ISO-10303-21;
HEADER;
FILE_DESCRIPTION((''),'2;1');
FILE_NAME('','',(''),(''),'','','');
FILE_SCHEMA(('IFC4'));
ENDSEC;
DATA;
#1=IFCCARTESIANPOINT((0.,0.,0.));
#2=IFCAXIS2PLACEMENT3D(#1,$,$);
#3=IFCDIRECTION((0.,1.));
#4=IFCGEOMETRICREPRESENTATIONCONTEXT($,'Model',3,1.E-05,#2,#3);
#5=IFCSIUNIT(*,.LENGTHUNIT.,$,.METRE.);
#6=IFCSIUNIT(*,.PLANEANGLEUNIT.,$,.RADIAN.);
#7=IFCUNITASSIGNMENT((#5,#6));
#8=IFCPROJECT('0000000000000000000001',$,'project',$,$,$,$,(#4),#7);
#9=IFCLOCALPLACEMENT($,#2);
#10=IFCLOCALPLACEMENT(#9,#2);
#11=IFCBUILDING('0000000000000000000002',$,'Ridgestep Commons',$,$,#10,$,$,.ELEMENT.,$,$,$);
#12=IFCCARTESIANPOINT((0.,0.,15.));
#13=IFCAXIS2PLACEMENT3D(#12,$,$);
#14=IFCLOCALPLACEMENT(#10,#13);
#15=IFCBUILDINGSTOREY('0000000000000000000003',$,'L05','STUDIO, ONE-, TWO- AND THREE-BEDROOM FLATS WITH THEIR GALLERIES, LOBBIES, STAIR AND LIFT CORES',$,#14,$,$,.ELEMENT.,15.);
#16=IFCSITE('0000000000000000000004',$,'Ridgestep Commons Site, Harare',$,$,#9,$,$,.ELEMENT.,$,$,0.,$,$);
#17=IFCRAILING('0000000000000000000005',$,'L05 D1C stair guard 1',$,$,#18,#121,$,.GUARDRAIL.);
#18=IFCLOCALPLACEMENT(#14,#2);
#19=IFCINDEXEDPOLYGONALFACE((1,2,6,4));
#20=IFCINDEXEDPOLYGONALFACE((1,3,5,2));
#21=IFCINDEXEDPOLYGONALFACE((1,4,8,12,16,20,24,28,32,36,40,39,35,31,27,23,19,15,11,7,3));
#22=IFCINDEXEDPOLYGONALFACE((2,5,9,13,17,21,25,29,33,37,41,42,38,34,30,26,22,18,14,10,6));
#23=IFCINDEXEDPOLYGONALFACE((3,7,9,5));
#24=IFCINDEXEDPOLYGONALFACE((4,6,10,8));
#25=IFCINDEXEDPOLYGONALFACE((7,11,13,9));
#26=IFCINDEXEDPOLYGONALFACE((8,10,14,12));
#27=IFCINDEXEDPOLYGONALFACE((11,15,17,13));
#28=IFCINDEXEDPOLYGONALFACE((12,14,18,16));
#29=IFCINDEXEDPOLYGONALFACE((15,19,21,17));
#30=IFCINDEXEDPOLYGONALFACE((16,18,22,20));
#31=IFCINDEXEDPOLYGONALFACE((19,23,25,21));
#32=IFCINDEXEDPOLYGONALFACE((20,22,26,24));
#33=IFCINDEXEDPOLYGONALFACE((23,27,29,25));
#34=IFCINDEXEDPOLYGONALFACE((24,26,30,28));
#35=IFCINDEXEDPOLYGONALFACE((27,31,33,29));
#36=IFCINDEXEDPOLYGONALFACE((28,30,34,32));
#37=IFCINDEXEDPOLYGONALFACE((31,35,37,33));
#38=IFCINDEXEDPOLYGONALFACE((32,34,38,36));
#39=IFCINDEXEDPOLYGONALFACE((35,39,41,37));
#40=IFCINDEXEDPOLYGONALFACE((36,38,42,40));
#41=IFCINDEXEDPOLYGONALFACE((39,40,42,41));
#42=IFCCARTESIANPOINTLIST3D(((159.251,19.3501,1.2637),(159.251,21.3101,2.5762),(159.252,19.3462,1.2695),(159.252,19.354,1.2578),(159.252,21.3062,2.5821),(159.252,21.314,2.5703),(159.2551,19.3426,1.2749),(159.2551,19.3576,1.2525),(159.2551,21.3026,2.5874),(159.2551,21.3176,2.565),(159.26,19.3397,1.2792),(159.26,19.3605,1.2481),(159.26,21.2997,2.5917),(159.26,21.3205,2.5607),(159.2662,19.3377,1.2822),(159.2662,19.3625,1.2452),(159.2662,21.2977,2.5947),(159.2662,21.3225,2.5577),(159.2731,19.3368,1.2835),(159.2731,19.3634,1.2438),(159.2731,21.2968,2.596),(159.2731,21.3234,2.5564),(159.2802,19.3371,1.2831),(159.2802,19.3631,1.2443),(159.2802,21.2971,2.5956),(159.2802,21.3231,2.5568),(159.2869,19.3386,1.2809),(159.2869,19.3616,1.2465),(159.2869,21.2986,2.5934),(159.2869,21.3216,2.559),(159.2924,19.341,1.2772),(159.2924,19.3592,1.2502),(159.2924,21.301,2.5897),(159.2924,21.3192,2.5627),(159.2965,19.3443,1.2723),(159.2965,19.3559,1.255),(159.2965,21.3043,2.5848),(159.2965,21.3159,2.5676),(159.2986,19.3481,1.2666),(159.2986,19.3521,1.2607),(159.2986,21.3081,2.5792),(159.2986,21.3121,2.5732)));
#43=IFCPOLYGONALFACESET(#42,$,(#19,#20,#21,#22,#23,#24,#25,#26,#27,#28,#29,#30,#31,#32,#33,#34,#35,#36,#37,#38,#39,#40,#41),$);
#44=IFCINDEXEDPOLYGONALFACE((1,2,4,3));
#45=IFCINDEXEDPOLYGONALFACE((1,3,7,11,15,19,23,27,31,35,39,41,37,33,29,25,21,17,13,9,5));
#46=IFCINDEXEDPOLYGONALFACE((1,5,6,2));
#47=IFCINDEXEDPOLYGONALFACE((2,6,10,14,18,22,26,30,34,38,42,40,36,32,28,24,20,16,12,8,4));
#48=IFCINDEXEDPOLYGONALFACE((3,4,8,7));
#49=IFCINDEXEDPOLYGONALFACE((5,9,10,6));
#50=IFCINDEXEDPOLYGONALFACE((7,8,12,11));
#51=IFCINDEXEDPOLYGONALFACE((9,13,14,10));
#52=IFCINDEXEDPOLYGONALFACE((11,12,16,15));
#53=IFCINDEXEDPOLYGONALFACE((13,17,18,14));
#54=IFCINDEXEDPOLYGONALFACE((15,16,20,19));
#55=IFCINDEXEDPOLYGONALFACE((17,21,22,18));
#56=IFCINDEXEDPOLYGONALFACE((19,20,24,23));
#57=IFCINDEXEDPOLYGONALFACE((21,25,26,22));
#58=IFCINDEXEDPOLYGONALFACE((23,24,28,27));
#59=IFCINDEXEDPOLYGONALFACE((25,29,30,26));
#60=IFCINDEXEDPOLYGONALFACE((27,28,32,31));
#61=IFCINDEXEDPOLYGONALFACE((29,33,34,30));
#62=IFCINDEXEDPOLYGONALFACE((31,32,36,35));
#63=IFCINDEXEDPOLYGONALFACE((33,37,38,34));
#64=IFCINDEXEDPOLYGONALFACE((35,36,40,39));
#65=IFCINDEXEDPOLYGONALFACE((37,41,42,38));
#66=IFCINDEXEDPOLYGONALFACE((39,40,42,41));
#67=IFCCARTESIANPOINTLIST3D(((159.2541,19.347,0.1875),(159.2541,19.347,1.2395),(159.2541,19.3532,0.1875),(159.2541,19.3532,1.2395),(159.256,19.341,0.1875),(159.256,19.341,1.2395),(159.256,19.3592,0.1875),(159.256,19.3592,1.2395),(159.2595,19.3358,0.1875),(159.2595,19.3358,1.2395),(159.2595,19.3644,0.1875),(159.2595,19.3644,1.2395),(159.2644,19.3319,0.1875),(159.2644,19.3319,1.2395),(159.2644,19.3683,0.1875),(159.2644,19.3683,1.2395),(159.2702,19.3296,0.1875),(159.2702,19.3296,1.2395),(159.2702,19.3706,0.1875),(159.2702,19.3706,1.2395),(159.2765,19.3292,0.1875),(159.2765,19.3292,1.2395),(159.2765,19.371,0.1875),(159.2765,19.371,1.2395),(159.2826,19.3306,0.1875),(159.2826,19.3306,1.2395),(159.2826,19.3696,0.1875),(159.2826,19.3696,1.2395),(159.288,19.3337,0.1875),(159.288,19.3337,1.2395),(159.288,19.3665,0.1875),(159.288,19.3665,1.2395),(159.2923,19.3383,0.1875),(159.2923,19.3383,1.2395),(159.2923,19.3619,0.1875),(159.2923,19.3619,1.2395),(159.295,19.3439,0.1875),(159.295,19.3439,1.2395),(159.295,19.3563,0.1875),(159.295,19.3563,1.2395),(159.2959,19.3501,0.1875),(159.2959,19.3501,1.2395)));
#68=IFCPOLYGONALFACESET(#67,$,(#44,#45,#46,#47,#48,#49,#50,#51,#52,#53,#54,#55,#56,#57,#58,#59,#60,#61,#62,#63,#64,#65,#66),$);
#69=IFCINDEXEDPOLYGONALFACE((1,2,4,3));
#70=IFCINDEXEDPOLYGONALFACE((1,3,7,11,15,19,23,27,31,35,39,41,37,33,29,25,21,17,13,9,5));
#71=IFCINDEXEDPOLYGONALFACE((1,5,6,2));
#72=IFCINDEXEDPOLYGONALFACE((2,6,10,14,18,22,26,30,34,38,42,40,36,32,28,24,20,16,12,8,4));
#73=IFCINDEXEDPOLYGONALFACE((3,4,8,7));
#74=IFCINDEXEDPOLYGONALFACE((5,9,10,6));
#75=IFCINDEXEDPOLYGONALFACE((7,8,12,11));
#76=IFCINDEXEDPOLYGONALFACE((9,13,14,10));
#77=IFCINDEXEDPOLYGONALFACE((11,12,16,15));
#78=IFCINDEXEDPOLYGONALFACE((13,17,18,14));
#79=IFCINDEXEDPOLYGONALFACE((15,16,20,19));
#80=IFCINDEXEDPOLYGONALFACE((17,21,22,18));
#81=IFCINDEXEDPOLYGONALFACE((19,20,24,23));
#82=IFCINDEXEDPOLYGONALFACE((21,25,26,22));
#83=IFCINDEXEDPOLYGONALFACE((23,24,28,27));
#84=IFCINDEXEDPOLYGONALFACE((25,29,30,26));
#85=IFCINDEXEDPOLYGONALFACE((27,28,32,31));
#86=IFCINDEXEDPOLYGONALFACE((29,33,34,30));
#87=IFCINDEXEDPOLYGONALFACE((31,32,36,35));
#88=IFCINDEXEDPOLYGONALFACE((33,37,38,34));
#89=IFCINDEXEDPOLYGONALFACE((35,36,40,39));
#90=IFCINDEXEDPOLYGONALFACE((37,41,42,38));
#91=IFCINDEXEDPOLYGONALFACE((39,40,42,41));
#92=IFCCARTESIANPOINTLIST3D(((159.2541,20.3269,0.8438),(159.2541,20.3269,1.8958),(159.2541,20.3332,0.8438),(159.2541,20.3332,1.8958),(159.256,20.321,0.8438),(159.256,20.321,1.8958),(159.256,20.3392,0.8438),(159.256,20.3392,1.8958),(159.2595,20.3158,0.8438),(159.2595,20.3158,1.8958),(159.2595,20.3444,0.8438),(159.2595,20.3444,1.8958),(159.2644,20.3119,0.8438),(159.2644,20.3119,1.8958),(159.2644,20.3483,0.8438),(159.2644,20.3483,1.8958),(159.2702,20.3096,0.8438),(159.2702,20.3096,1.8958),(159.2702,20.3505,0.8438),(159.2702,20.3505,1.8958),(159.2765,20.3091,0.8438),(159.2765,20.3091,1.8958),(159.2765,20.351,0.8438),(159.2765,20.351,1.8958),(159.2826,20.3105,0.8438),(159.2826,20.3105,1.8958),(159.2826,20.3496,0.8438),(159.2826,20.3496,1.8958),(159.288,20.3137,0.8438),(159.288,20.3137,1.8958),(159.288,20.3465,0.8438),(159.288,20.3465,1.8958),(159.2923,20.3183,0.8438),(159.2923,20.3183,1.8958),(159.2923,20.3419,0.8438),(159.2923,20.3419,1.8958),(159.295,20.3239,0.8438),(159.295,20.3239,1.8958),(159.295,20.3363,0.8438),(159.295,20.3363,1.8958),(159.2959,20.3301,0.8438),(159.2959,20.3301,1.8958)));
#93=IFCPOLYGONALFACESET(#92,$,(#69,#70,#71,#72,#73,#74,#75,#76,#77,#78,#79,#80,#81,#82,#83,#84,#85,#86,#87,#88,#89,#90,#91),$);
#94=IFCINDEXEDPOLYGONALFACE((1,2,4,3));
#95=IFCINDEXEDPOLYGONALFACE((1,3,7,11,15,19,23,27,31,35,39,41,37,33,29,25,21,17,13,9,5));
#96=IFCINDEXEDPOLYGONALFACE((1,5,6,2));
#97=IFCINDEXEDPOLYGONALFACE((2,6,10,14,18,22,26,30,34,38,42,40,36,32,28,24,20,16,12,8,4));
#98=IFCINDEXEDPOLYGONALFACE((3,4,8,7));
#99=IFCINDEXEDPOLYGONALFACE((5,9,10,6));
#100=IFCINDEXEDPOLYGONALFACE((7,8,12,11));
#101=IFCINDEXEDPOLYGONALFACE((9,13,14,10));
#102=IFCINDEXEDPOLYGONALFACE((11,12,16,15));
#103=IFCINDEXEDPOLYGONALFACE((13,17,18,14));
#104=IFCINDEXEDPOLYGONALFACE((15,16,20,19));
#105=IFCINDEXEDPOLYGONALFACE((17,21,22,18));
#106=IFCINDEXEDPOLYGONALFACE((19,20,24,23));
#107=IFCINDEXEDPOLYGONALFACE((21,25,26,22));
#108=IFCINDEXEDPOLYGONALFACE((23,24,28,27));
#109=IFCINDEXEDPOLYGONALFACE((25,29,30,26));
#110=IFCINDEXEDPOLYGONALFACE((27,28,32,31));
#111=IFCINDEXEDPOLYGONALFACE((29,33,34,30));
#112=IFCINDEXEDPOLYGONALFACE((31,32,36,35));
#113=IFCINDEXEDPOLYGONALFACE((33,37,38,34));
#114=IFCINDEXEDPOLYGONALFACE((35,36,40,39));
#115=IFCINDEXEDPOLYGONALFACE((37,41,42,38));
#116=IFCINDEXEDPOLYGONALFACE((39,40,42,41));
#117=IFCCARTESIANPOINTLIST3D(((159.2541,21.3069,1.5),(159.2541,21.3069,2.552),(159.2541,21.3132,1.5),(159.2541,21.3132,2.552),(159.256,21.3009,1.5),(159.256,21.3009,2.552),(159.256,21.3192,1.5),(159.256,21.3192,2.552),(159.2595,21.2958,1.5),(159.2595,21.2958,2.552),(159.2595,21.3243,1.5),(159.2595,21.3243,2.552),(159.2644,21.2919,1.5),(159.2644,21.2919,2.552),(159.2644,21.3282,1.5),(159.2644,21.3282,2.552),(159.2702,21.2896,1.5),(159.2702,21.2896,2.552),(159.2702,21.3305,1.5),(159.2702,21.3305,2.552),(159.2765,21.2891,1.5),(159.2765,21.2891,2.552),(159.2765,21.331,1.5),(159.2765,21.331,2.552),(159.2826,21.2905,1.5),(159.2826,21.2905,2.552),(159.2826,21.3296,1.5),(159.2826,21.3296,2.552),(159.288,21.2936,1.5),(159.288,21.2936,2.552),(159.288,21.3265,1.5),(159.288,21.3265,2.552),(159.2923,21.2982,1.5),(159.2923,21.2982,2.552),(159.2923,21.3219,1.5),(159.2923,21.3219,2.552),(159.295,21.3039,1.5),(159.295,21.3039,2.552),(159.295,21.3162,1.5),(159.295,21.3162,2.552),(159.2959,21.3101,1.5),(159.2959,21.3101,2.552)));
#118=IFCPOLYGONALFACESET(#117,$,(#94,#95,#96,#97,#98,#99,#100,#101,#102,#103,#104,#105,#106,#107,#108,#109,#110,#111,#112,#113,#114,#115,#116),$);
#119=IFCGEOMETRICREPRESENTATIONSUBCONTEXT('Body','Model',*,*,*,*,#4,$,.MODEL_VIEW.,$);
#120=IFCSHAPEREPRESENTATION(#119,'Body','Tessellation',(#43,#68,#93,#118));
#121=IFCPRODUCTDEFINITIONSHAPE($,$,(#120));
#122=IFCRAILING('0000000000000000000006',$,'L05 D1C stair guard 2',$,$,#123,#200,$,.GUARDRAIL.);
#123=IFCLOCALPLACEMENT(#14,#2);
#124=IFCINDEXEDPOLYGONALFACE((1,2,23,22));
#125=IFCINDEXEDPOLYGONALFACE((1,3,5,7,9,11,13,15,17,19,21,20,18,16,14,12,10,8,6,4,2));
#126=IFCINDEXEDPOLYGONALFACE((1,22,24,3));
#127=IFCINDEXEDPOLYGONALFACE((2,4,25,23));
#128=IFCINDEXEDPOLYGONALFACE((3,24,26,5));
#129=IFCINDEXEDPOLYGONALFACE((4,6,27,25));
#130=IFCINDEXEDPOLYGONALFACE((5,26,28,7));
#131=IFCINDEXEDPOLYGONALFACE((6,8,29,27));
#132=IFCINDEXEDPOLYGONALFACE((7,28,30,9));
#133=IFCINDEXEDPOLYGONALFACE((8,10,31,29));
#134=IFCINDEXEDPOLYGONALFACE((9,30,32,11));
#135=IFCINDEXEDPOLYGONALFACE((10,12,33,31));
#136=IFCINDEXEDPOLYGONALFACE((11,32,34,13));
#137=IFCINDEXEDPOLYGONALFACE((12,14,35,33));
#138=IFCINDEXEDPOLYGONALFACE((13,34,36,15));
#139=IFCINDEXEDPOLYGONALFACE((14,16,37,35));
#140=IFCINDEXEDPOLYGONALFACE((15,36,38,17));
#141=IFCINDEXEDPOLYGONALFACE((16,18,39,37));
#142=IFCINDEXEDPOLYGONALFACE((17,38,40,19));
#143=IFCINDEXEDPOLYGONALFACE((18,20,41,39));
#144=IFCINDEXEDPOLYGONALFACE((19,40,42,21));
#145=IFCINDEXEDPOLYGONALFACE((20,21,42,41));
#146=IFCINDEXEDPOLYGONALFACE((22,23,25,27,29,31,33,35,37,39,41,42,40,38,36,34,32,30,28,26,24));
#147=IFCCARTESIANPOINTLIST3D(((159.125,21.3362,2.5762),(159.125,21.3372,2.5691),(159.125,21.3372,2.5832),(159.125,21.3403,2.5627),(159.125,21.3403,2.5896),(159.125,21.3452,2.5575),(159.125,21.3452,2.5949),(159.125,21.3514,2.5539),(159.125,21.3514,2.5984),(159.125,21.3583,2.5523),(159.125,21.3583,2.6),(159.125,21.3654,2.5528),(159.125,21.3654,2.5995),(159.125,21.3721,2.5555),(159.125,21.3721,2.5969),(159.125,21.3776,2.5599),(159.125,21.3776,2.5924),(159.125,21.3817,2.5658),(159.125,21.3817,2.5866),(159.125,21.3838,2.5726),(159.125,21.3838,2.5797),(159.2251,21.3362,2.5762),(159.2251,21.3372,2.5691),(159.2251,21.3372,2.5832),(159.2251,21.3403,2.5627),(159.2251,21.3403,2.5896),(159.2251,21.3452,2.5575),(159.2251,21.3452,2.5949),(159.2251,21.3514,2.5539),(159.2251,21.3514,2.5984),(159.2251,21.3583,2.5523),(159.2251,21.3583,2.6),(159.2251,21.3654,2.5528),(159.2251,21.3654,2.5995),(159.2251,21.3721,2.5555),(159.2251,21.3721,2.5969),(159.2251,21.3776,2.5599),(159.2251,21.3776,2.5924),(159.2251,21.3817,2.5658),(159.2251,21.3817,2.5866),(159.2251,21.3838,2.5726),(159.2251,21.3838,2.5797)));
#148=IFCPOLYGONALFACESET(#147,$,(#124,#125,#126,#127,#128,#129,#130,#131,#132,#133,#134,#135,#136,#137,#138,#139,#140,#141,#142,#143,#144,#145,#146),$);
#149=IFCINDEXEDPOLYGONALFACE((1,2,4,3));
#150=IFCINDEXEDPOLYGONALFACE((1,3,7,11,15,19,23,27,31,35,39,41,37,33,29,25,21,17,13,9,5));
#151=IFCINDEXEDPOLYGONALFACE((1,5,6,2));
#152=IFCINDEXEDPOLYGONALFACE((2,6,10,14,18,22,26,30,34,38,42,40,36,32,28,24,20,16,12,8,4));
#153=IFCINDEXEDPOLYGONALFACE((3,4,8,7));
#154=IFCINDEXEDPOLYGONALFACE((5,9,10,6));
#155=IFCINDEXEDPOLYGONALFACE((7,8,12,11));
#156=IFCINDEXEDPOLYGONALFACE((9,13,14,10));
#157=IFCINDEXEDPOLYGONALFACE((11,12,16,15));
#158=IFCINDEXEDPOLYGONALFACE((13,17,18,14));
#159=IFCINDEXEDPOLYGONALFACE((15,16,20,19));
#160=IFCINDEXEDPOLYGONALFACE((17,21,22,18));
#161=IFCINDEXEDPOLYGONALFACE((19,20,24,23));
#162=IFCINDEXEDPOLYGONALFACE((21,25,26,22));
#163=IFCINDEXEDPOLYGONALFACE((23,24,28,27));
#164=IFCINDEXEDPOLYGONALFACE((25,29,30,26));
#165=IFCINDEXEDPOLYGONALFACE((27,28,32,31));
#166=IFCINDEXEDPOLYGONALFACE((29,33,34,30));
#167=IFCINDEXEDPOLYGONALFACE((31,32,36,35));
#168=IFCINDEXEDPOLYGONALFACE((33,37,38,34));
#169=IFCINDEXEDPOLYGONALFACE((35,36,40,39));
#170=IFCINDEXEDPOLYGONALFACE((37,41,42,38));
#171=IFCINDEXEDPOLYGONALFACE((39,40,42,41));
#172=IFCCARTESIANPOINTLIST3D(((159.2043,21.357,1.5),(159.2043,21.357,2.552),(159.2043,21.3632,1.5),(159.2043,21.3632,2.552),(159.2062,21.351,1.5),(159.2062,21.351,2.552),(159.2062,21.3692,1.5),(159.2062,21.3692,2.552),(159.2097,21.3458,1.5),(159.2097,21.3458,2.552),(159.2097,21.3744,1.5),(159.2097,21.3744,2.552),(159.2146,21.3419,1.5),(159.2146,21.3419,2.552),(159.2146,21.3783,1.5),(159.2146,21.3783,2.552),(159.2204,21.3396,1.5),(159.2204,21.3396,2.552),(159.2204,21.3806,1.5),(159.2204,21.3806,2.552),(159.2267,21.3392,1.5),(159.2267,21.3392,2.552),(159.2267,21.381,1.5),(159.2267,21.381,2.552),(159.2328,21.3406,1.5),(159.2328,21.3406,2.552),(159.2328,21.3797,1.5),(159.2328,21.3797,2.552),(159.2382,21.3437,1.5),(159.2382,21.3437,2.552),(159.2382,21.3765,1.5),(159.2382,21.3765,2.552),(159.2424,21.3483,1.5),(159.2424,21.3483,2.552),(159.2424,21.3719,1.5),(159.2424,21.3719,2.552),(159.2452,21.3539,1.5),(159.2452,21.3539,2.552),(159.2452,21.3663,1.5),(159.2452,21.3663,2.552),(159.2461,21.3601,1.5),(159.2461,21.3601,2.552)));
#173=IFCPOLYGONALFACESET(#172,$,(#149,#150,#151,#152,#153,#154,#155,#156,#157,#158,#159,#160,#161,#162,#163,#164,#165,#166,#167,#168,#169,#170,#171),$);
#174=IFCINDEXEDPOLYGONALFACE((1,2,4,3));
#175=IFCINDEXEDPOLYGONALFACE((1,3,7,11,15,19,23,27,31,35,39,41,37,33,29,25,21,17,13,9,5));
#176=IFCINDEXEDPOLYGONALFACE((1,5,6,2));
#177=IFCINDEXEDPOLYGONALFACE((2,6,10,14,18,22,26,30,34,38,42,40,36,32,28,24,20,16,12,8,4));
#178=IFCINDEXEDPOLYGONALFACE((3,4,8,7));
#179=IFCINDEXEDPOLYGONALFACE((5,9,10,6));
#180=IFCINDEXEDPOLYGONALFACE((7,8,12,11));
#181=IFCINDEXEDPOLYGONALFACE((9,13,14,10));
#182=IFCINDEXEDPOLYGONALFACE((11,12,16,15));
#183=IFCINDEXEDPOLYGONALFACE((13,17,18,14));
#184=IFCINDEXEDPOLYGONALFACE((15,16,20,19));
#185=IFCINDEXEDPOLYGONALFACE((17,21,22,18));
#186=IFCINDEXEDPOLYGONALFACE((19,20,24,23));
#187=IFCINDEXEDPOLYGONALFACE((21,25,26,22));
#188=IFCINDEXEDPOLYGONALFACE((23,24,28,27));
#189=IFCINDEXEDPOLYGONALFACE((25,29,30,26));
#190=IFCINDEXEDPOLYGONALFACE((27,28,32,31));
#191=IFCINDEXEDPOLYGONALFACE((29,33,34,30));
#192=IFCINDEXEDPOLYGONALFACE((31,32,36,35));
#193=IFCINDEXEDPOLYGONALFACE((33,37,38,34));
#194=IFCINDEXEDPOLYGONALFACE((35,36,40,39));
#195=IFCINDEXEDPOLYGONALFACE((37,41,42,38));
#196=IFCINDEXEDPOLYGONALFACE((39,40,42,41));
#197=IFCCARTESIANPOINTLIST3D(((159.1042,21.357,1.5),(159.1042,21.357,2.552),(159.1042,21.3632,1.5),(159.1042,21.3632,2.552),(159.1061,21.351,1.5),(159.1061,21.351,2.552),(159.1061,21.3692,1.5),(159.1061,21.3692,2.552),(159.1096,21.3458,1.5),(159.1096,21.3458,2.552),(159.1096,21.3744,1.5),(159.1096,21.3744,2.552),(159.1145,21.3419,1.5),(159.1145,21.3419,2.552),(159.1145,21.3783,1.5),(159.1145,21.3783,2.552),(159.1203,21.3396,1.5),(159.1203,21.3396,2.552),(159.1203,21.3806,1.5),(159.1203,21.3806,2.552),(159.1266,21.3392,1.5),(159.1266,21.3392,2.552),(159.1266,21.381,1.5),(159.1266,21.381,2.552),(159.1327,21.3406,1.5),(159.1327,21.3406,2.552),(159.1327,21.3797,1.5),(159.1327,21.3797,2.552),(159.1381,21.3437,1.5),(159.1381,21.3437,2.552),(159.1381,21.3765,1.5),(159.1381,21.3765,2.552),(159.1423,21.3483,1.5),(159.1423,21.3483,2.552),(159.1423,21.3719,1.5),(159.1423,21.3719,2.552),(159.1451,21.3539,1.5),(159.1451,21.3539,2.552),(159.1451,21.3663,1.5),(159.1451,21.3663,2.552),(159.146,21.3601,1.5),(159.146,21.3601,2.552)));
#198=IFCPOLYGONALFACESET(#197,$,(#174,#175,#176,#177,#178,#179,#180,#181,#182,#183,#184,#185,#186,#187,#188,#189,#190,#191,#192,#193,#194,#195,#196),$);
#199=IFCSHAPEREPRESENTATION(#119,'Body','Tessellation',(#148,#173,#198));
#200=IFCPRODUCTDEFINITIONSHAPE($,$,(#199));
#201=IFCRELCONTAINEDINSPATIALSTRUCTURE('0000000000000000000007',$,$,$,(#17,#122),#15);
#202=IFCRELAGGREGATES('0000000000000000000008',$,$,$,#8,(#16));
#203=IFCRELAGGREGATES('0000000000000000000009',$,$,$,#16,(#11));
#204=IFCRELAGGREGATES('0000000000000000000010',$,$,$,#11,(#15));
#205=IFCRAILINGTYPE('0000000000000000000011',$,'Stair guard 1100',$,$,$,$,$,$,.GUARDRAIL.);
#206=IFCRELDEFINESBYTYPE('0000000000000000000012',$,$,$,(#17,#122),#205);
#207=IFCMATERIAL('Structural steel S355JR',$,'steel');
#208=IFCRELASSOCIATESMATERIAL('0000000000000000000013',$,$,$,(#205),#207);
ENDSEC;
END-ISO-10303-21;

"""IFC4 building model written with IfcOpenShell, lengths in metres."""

from ifc_helpers import new_model, si_unit, direction, frame, origin, origin_2d, place, context, subcontext, project, spatial, circle, extrude, material, type_object, element, save


model = new_model("IFC4")

# Units and contexts
model_context = context("Model", 3, precision=1e-05, world=origin(), true_north=direction((0.0, 1.0)))
body_context = subcontext(model_context, "Body", "Model", "MODEL_VIEW")
ifc_project = project(units=[si_unit("LENGTHUNIT", "METRE"), si_unit("PLANEANGLEUNIT", "RADIAN")], contexts=[model_context])

# Site, building, storey
site_placement = place(None, origin())
site = spatial("IfcSite", under=ifc_project, at=site_placement, Name="Ridgestep Commons Site, Harare", CompositionType="ELEMENT", RefElevation=0.0)
building_placement = place(site_placement, origin())
building = spatial("IfcBuilding", under=site, at=building_placement, Name="Ridgestep Commons", CompositionType="ELEMENT")
storey_placement = place(building_placement, frame((0.0, 0.0, 15.0)))
storey = spatial("IfcBuildingStorey", under=building, at=storey_placement, Name="L05", Description="STUDIO, ONE-, TWO- AND THREE-BEDROOM FLATS WITH THEIR GALLERIES, LOBBIES, STAIR AND LIFT CORES", CompositionType="ELEMENT", Elevation=15.0)

# Railings
ifc_material_1 = material(Name="Structural steel S355JR", Category="steel")
railing_type_1 = type_object("IfcRailingType", Name="Stair guard 1100", PredefinedType="GUARDRAIL", material=ifc_material_1)
railing_1_placement = place(storey_placement, frame((159.2749, 19.3501, 0.1875)))
element("IfcRailing", 1, at=railing_1_placement, inside=storey, type_object=railing_type_1, Name="L05 D1C stair guard 1", PredefinedType="GUARDRAIL", context=body_context, shape_type="SweptSolid", body=[
    extrude(circle(Radius=0.0239, at=origin_2d()), frame((0.0, 0.0, 1.0762), z_axis=(0.0, 0.830902, 0.556419), x_axis=(-1.0, 0.0, 0.0)), (0.0, 0.0, 1.0), 2.3589),
    extrude(circle(Radius=0.021, at=origin_2d()), origin(), (0.0, 0.0, 1.0), 1.052),
    extrude(circle(Radius=0.021, at=origin_2d()), frame((0.0, 0.98, 0.6562)), (0.0, 0.0, 1.0), 1.052),
    extrude(circle(Radius=0.021, at=origin_2d()), frame((0.0, 1.96, 1.3125)), (0.0, 0.0, 1.0), 1.052),
])
railing_2_placement = place(storey_placement, frame((159.2251, 21.3601, 1.5)))
element("IfcRailing", 2, at=railing_2_placement, inside=storey, type_object=railing_type_1, Name="L05 D1C stair guard 2", PredefinedType="GUARDRAIL", context=body_context, shape_type="SweptSolid", body=[
    extrude(circle(Radius=0.0239, at=origin_2d()), frame((0.0, 0.0, 1.0762), z_axis=(-1.0, 0.0, 0.0), x_axis=(0.0, -1.0, 0.0)), (0.0, 0.0, 1.0), 0.1001),
    extrude(circle(Radius=0.021, at=origin_2d()), origin(), (0.0, 0.0, 1.0), 1.052),
    extrude(circle(Radius=0.021, at=origin_2d()), frame((-0.1001, 0.0, 0.0)), (0.0, 0.0, 1.0), 1.052),
])

save(model, "model.ifc")
